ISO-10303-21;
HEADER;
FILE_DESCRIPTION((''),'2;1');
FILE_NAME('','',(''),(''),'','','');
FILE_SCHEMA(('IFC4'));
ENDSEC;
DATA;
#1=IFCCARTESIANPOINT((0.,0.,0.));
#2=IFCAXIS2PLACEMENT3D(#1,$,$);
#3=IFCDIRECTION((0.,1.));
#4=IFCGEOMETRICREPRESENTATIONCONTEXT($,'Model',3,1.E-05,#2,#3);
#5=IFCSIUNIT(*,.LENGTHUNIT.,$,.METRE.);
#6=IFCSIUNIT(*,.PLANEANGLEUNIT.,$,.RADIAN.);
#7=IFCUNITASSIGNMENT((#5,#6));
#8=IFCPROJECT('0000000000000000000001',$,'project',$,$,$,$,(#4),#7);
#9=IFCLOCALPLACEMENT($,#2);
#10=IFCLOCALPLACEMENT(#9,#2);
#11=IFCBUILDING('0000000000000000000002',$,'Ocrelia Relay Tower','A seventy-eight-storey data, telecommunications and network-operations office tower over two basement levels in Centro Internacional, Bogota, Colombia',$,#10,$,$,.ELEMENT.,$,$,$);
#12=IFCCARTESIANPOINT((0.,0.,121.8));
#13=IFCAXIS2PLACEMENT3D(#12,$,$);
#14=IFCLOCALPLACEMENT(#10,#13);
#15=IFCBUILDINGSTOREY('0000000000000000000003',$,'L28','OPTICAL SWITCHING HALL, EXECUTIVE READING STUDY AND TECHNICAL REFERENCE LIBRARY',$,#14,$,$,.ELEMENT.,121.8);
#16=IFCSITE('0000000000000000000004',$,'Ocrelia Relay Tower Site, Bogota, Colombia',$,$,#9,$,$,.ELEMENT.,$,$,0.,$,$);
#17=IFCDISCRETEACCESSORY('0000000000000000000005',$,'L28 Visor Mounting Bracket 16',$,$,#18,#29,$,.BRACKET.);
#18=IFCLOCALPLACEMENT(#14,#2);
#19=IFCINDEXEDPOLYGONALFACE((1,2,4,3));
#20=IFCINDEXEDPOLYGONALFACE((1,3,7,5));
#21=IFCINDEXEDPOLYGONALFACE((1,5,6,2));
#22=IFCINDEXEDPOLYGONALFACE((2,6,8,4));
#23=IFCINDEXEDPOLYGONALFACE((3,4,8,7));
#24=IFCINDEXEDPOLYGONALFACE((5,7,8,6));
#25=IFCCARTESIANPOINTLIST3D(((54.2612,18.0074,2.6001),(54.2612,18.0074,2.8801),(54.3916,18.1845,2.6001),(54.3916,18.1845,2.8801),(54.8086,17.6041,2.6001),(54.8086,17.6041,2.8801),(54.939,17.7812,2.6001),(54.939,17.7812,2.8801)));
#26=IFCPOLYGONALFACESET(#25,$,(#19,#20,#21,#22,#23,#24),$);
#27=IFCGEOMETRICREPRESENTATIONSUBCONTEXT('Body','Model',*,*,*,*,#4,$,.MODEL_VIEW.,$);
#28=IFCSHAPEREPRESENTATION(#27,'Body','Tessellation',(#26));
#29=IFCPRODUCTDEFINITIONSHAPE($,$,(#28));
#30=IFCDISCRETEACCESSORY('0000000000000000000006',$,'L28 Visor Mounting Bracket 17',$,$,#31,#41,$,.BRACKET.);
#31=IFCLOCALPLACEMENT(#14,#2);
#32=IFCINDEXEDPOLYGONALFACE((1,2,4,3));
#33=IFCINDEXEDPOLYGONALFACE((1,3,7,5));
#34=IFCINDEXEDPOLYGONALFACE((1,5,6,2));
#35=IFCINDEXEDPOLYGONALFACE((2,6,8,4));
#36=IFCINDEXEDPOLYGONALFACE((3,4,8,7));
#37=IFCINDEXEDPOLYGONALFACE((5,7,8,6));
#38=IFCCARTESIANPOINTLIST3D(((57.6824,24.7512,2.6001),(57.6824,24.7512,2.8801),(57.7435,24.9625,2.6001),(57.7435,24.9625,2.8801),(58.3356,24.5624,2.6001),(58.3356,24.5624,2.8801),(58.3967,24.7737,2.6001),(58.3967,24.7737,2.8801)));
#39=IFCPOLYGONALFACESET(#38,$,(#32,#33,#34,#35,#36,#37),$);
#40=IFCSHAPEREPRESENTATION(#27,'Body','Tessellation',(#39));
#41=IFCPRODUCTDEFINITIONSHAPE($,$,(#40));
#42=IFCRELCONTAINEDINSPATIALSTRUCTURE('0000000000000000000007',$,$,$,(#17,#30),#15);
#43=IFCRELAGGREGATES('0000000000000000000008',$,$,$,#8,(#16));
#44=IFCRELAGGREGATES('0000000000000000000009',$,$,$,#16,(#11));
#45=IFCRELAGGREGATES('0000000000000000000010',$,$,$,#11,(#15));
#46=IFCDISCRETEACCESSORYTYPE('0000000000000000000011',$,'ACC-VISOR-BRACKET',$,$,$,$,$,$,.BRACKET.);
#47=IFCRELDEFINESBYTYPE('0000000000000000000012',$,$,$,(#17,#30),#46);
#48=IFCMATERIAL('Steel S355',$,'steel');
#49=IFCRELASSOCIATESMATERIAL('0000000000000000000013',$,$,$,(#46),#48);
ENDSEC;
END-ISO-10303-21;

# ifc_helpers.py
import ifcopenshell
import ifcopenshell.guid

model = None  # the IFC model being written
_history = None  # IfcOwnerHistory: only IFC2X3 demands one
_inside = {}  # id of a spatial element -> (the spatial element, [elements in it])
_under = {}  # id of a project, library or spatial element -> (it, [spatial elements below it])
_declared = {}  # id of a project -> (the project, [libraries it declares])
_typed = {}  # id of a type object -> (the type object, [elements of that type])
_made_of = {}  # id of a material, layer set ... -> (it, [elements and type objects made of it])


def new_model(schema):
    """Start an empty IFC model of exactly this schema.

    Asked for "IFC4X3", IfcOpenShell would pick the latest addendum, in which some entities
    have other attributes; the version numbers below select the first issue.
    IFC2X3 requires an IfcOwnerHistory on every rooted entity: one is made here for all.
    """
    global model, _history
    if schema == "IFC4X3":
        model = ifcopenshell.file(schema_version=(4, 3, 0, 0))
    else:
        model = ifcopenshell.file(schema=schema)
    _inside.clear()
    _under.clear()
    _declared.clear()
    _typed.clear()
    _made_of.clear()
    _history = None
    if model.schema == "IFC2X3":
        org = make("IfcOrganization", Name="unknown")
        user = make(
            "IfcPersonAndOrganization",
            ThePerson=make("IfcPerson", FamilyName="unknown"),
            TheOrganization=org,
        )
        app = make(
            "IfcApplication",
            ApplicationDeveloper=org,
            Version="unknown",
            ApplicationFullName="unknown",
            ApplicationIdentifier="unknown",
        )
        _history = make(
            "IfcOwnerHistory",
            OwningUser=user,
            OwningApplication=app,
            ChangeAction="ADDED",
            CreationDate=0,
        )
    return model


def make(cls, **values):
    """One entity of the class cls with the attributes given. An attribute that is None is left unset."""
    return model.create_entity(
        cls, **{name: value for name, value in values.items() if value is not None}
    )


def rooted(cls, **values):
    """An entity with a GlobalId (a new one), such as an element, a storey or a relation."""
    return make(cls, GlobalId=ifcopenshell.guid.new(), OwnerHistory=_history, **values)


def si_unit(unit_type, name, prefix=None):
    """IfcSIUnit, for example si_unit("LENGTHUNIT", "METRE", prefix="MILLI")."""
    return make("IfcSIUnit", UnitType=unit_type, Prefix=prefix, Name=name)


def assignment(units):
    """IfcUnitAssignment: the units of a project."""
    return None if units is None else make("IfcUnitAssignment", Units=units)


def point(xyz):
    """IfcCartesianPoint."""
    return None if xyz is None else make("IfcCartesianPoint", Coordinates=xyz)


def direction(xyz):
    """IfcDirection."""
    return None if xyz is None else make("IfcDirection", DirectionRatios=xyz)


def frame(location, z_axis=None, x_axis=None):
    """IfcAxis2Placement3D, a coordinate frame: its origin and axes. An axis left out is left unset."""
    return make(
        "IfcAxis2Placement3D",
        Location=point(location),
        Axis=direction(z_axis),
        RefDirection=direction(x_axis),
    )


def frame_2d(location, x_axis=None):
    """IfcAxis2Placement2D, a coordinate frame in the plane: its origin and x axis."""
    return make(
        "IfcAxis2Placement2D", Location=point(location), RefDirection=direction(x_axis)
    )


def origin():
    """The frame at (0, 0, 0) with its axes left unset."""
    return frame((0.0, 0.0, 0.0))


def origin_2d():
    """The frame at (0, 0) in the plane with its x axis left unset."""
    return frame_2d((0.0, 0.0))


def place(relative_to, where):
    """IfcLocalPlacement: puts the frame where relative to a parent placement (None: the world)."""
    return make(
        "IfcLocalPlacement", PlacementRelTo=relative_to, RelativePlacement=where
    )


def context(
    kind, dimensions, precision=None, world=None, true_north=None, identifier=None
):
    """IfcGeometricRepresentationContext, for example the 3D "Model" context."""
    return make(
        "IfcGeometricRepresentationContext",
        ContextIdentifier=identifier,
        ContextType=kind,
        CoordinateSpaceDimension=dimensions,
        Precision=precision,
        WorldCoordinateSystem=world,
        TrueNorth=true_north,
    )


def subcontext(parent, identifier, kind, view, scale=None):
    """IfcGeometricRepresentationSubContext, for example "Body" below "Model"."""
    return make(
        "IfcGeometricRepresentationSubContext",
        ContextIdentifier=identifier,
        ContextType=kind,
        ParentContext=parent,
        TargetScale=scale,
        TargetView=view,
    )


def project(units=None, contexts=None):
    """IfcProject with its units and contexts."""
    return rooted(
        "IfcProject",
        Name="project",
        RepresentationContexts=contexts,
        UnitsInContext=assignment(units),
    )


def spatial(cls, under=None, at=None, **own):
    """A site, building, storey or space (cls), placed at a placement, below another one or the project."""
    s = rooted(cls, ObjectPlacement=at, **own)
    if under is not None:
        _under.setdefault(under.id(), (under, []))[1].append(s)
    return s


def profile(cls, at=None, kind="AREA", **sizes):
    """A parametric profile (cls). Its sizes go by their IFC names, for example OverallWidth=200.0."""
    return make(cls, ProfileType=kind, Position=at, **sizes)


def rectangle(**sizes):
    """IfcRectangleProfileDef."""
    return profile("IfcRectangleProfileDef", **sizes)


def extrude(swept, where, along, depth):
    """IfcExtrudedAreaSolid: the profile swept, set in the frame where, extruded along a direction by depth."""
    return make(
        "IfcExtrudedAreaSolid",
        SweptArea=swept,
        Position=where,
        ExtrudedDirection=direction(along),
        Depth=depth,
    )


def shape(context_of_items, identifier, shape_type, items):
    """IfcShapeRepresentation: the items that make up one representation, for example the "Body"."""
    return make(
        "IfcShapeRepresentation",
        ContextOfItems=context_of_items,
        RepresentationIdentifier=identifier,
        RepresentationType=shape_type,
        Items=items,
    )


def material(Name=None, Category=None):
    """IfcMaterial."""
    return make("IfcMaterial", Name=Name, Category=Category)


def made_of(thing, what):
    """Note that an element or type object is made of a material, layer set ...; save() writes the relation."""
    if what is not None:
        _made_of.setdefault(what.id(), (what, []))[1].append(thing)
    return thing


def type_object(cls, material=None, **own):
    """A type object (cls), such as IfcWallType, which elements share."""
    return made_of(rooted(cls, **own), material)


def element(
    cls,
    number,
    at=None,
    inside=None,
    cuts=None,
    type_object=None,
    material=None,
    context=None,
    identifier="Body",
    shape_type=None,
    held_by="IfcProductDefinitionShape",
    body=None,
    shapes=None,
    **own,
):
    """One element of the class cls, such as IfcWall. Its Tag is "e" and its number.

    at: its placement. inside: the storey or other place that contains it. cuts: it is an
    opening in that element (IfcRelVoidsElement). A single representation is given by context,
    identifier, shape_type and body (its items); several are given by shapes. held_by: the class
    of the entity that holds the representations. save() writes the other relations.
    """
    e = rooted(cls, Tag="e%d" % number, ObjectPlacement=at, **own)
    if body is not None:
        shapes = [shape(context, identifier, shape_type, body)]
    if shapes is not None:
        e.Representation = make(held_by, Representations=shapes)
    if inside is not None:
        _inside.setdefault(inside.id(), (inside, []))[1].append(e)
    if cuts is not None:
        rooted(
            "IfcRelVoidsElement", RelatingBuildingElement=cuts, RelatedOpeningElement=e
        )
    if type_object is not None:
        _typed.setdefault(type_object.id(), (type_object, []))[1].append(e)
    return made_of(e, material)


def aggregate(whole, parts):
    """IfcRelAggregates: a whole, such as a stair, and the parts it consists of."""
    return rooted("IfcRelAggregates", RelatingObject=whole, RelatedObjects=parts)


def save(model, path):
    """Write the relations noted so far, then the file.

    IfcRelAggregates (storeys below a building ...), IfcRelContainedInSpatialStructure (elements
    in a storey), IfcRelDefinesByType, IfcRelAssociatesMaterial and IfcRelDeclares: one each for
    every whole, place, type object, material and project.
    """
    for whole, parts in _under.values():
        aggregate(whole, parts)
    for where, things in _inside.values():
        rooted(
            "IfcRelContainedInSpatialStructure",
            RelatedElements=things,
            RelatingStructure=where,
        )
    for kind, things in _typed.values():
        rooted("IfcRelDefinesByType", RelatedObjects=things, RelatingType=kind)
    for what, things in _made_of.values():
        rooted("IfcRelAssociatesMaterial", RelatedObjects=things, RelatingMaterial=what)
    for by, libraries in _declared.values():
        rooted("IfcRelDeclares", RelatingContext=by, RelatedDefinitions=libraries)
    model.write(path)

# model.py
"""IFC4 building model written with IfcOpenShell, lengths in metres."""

from ifc_helpers import new_model, si_unit, direction, frame, origin, origin_2d, place, context, subcontext, project, spatial, rectangle, extrude, material, type_object, element, save


model = new_model("IFC4")

# Units and contexts
model_context = context("Model", 3, precision=1e-05, world=origin(), true_north=direction((0.0, 1.0)))
body_context = subcontext(model_context, "Body", "Model", "MODEL_VIEW")
ifc_project = project(units=[si_unit("LENGTHUNIT", "METRE"), si_unit("PLANEANGLEUNIT", "RADIAN")], contexts=[model_context])

# Site, building, storey
site_placement = place(None, origin())
site = spatial("IfcSite", under=ifc_project, at=site_placement, Name="Ocrelia Relay Tower Site, Bogota, Colombia", CompositionType="ELEMENT", RefElevation=0.0)
building_placement = place(site_placement, origin())
building = spatial("IfcBuilding", under=site, at=building_placement, Name="Ocrelia Relay Tower", Description="A seventy-eight-storey data, telecommunications and network-operations office tower over two basement levels in Centro Internacional, Bogota, Colombia", CompositionType="ELEMENT")
storey_placement = place(building_placement, frame((0.0, 0.0, 121.8)))
storey = spatial("IfcBuildingStorey", under=building, at=storey_placement, Name="L28", Description="OPTICAL SWITCHING HALL, EXECUTIVE READING STUDY AND TECHNICAL REFERENCE LIBRARY", CompositionType="ELEMENT", Elevation=121.8)

# Shared definitions
ifc_material_1 = material(Name="Steel S355", Category="steel")

# Discrete accessories
discrete_accessory_type = type_object("IfcDiscreteAccessoryType", Name="ACC-VISOR-BRACKET", PredefinedType="BRACKET", material=ifc_material_1)
for number, where, z_axis, x_axis, name in (
    (1, (54.6001, 17.8943, 2.6001), (0.0, 0.0, 1.0), (0.593171, 0.805076, 0.0), "L28 Visor Mounting Bracket 16"),
    (2, (58.0396, 24.7625, 2.6001), (0.0, 0.0, 1.0), (0.277641, 0.960685, 0.0), "L28 Visor Mounting Bracket 17"),
):
    element("IfcDiscreteAccessory", number, at=place(storey_placement, frame(where, z_axis=z_axis, x_axis=x_axis)), inside=storey, type_object=discrete_accessory_type, Name=name, PredefinedType="BRACKET", context=body_context, shape_type="SweptSolid", body=[
        extrude(rectangle(XDim=0.22, YDim=0.6799, at=origin_2d()), origin(), (0.0, 0.0, 1.0), 0.28),
    ])

save(model, "model.ifc")
